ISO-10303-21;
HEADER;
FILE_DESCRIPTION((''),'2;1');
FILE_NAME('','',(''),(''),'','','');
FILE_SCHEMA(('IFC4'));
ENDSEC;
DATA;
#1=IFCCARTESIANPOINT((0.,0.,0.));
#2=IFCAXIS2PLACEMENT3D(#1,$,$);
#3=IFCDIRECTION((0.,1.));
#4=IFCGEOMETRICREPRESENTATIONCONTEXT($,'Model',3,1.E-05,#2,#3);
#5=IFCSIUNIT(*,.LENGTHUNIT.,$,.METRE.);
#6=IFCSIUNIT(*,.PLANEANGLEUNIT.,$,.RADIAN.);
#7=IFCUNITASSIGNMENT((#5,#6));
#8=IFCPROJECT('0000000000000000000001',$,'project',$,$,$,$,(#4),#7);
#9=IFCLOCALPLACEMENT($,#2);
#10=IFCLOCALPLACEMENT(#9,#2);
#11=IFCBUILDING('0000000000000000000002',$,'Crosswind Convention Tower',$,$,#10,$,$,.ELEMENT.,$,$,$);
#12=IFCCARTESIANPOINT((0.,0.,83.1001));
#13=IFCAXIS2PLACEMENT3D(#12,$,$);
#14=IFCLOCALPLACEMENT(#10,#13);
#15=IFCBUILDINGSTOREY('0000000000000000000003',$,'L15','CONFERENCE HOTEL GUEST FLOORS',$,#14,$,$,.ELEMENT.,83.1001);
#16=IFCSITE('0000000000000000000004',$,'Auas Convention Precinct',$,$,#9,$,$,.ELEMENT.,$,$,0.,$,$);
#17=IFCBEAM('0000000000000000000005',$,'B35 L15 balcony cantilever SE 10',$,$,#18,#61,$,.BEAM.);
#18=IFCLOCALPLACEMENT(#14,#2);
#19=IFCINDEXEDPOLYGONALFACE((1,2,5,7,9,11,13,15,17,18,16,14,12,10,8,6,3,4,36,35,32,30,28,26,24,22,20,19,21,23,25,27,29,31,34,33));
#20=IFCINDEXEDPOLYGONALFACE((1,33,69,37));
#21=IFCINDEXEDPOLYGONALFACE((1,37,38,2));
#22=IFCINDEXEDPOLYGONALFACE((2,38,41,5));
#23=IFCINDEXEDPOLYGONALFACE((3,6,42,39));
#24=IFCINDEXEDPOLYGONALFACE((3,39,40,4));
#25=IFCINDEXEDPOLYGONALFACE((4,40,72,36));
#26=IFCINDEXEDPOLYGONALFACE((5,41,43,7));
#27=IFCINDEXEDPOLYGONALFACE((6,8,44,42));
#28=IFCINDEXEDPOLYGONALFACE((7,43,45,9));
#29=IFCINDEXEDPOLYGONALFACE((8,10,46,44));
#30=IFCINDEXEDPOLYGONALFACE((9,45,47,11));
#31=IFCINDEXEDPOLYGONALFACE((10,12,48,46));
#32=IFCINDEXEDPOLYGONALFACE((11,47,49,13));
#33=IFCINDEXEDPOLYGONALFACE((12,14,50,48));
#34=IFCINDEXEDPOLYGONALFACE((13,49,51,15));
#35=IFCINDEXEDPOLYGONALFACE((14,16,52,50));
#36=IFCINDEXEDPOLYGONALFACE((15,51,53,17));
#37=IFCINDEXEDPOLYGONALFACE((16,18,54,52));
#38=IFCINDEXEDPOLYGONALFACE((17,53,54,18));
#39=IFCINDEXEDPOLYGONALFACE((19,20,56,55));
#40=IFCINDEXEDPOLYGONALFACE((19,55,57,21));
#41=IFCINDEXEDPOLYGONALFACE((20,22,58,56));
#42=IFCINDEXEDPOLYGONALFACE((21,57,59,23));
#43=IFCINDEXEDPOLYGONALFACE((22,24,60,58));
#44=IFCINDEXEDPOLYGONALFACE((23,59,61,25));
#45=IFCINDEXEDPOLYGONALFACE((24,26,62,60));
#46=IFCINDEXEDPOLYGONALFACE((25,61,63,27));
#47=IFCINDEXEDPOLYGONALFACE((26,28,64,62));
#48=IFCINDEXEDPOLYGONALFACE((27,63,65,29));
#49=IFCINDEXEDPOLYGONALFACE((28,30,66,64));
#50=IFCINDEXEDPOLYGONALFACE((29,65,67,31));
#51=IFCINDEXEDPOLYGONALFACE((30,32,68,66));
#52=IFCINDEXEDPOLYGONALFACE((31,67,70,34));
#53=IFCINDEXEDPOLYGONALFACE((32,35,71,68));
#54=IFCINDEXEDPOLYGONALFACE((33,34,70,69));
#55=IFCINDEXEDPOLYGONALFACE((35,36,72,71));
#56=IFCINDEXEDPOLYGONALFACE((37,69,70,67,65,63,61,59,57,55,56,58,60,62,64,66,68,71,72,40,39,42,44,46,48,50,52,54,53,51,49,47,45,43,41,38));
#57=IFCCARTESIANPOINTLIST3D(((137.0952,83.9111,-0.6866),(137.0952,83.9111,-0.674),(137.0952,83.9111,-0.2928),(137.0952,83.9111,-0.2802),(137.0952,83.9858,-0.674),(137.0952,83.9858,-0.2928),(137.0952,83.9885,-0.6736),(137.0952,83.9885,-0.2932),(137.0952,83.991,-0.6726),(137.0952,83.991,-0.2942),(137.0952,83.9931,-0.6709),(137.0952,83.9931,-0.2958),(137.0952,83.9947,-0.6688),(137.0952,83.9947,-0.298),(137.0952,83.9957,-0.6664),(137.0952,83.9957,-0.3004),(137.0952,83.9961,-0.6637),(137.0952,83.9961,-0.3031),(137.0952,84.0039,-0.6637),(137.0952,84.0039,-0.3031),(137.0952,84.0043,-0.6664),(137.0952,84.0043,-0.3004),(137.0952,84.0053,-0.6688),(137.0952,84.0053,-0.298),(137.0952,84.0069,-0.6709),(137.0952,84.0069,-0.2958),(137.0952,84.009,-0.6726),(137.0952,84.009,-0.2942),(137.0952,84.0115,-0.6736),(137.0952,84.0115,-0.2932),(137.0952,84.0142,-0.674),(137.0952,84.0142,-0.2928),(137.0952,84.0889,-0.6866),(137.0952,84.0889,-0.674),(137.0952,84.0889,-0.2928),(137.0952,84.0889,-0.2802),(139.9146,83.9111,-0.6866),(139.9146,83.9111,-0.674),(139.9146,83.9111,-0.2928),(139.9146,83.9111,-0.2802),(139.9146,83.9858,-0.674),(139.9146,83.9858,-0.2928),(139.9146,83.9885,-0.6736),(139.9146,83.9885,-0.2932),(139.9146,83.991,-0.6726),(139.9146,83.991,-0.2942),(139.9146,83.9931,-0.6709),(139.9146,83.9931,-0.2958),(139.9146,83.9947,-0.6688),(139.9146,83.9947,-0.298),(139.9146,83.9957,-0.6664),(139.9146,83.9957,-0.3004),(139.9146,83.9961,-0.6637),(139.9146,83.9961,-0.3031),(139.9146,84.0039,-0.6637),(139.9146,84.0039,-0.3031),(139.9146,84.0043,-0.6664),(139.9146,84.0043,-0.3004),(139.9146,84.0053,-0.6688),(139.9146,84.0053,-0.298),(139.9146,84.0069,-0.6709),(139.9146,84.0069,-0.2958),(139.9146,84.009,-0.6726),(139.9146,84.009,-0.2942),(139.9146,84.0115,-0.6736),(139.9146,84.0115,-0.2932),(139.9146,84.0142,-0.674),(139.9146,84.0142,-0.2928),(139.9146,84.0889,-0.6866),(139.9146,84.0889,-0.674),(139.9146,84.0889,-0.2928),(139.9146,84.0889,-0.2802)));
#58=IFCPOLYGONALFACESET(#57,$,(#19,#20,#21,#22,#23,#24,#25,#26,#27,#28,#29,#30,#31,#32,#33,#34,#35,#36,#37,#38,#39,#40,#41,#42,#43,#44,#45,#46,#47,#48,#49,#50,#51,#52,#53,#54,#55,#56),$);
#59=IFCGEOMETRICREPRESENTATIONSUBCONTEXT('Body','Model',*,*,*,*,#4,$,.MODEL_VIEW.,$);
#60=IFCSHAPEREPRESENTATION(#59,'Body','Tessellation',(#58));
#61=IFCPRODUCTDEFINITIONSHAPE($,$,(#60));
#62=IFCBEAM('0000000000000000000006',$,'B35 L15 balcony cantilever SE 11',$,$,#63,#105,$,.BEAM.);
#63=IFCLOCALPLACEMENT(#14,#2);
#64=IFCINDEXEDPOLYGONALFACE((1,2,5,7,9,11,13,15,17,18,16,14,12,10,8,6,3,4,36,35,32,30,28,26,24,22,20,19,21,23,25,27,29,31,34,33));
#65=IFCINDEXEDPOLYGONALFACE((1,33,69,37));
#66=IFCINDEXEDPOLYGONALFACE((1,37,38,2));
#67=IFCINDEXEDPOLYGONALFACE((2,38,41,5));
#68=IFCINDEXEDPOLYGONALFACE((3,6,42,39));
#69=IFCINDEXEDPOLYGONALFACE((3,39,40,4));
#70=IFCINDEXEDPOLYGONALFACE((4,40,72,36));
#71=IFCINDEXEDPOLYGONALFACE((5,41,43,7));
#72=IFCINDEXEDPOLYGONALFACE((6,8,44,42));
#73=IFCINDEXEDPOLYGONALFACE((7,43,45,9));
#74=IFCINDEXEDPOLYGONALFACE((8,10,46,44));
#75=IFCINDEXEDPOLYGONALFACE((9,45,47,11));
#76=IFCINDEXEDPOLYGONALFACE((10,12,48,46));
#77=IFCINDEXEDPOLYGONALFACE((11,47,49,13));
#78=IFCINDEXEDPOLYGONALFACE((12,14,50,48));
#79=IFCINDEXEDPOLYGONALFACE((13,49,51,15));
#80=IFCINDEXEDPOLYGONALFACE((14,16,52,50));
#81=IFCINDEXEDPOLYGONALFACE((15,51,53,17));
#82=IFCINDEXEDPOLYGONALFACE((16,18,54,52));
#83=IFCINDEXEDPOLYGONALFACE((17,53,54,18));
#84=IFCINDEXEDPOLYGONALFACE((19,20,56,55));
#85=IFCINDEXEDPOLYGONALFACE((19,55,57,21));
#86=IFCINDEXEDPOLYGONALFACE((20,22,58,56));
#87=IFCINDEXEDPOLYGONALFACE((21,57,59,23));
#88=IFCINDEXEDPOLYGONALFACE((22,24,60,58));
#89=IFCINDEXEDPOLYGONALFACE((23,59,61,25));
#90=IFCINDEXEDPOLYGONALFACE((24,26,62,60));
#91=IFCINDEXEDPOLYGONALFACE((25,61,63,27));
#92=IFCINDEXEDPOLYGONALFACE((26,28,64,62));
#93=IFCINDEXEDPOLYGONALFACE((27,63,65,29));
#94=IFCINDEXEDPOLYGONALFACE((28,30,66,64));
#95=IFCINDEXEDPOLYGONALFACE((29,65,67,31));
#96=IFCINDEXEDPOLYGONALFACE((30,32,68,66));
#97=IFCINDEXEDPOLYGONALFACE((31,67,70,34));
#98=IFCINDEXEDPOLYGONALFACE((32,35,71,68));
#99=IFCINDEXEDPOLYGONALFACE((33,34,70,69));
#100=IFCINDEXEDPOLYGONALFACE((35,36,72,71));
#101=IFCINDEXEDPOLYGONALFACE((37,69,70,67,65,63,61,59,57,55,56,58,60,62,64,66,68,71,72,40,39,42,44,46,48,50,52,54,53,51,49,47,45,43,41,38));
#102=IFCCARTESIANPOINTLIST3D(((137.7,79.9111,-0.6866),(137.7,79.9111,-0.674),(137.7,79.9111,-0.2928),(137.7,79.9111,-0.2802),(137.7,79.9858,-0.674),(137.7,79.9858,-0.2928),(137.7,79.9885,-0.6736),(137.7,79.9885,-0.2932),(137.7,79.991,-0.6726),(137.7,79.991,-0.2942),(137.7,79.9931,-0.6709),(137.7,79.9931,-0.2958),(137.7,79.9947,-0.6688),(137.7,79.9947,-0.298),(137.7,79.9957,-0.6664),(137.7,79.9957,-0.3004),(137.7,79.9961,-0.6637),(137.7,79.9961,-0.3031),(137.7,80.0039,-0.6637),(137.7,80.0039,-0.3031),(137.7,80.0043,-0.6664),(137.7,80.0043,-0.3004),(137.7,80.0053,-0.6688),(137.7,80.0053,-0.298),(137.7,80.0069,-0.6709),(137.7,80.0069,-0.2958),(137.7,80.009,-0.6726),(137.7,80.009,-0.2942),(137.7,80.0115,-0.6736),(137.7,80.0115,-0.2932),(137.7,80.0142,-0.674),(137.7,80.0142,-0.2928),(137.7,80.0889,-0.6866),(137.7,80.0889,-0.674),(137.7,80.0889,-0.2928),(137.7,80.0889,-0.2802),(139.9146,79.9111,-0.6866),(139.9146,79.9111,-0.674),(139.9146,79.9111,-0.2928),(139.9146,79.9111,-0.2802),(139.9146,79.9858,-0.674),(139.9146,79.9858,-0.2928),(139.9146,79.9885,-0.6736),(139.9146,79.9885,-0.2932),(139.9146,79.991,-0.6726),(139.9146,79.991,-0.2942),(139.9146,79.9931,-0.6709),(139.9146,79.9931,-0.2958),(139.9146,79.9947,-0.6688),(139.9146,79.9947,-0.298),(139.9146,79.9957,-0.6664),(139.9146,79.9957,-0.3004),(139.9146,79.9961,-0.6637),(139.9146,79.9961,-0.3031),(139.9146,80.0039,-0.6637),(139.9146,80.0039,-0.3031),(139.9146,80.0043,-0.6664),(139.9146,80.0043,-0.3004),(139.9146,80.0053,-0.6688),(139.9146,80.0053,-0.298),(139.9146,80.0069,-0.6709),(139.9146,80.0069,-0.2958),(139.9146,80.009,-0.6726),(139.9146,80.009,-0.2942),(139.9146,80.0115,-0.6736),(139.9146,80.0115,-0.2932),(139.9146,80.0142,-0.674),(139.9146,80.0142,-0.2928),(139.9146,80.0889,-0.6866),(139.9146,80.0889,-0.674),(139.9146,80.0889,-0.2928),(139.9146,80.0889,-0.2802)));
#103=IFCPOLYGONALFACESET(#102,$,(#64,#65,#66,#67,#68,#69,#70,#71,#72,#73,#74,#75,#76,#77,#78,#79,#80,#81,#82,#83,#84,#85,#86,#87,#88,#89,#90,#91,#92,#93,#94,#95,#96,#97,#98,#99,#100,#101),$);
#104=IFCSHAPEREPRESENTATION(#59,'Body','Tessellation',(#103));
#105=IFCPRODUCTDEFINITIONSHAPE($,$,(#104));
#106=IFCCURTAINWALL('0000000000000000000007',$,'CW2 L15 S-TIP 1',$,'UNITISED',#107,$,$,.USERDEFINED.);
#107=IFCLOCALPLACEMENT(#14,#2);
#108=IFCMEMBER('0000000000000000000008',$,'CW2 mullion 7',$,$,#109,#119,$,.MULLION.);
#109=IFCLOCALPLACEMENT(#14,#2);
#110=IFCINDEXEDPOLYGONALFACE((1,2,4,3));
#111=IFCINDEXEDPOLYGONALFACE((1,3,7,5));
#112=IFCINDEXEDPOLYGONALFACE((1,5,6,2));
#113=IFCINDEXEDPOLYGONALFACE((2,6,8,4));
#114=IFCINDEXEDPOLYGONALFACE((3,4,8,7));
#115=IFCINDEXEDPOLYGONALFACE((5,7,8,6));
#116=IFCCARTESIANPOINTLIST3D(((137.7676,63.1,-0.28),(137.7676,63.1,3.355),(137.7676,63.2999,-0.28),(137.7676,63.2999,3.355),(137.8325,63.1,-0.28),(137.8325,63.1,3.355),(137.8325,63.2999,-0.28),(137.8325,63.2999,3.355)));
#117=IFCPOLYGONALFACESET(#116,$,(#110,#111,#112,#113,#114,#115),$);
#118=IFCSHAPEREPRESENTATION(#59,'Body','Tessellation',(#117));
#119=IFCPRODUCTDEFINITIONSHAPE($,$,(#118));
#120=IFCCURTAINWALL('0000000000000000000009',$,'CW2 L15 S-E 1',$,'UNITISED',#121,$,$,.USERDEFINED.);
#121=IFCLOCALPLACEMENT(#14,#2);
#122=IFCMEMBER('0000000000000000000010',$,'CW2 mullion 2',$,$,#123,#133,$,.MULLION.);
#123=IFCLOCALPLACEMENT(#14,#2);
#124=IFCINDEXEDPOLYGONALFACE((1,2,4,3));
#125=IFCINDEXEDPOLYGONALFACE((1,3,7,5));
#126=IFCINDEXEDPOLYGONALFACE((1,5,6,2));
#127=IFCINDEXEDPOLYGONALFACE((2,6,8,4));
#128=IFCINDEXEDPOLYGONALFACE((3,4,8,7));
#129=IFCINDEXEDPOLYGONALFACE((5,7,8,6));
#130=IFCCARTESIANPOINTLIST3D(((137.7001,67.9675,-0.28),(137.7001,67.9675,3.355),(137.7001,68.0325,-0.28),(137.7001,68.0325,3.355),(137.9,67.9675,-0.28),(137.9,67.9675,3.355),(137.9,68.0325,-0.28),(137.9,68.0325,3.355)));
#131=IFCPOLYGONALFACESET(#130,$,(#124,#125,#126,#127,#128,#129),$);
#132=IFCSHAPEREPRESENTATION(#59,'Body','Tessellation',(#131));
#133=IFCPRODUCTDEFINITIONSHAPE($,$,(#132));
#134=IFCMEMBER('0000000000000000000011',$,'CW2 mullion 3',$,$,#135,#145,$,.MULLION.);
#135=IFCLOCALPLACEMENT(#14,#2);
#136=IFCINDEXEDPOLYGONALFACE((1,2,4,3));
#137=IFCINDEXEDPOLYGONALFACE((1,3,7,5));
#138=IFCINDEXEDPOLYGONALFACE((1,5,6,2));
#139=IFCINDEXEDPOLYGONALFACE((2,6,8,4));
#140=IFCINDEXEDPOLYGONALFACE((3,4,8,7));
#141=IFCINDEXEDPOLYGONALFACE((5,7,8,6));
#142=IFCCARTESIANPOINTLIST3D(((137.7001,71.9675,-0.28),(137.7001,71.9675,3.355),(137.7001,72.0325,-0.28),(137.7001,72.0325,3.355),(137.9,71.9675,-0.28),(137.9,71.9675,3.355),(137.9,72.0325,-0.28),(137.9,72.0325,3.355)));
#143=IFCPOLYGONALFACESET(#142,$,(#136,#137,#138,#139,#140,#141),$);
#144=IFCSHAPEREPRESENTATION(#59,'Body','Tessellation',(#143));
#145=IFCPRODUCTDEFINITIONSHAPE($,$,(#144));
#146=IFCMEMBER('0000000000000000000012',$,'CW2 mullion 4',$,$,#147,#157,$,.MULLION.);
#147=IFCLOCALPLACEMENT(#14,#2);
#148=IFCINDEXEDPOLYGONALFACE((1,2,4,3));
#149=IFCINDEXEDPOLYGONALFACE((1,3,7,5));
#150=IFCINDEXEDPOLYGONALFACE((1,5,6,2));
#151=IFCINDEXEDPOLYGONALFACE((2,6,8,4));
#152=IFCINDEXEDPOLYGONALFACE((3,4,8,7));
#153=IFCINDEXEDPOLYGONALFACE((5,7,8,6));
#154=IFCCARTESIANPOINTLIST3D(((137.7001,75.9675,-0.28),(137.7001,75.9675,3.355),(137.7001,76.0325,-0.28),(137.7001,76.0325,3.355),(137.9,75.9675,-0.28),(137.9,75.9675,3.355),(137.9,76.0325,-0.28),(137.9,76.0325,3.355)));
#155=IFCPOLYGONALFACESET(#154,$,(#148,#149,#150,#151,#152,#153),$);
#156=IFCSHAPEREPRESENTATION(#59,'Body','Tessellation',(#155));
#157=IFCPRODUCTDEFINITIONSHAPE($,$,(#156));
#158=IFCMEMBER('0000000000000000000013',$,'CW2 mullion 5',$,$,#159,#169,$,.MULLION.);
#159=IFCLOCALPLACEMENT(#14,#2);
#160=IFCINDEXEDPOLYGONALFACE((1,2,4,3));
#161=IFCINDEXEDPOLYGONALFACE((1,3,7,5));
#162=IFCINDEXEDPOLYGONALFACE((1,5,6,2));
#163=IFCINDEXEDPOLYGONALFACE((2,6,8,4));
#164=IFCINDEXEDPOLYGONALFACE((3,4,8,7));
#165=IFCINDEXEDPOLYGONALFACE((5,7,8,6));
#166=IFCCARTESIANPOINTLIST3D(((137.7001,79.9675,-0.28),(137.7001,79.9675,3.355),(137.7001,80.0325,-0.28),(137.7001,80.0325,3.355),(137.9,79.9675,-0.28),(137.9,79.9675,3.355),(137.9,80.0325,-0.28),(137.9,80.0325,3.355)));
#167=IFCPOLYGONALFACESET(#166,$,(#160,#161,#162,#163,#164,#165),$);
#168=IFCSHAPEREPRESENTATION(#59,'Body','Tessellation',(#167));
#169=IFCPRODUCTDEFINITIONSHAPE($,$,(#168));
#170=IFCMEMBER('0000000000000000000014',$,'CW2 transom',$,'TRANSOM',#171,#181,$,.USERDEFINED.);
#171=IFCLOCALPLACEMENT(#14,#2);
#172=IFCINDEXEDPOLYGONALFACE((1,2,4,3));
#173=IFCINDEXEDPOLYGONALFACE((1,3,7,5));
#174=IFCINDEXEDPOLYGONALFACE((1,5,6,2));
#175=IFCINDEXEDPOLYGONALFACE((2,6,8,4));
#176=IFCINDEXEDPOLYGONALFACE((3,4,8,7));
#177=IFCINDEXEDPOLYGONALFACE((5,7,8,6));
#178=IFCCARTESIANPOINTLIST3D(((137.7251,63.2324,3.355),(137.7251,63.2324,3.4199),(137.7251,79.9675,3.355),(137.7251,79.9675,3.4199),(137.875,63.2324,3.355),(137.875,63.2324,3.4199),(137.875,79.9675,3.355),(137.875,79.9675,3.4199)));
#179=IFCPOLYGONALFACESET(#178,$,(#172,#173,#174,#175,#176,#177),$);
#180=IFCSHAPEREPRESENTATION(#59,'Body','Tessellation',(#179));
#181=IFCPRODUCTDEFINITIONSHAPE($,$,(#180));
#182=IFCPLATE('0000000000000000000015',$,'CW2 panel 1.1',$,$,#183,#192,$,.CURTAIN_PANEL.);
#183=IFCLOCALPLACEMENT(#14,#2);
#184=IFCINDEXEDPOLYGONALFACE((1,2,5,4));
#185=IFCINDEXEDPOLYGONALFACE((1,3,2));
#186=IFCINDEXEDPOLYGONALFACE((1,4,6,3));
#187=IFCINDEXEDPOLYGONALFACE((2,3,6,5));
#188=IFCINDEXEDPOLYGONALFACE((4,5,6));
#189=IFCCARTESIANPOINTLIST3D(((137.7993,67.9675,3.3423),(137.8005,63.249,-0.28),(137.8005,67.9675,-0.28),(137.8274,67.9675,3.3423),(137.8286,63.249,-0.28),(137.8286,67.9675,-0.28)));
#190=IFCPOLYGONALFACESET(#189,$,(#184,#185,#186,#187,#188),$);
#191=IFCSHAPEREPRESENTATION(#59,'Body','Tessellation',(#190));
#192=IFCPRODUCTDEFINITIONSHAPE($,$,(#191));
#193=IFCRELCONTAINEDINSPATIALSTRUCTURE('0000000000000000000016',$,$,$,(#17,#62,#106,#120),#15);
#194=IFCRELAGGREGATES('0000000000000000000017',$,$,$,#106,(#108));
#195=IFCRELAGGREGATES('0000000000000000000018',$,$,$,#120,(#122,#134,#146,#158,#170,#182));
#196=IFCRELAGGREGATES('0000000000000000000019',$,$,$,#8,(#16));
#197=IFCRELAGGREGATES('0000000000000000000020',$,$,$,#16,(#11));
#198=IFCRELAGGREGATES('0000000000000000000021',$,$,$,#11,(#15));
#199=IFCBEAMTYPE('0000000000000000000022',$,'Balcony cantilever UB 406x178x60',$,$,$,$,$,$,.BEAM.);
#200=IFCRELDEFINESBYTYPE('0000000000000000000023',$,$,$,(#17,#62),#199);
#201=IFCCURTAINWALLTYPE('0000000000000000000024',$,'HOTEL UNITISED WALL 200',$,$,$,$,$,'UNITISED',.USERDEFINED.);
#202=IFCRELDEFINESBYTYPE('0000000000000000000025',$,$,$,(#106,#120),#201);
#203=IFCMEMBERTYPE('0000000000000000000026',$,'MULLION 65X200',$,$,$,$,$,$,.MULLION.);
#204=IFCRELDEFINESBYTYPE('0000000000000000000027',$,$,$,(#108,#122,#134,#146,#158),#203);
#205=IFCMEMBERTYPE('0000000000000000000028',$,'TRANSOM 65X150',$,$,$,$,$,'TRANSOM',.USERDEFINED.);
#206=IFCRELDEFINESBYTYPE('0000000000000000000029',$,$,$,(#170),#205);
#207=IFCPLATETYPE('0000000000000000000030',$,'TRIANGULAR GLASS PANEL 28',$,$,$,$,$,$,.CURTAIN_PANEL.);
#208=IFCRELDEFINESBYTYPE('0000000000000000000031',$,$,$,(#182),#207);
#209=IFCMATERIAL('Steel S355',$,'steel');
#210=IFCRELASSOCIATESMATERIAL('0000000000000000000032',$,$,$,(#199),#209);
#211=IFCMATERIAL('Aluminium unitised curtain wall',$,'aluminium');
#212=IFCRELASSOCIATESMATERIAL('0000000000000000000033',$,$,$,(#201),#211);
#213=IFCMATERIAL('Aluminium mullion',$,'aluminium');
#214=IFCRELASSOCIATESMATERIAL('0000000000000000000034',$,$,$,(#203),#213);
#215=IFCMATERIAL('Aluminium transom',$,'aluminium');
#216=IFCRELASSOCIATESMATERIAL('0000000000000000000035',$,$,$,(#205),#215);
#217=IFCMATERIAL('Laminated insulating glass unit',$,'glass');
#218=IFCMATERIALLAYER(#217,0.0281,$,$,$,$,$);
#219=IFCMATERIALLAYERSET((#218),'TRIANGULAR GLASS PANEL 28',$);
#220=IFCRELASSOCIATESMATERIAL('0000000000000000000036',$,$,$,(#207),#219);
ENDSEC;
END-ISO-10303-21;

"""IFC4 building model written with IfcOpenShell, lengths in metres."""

from ifc_helpers import new_model, si_unit, direction, frame, origin, origin_2d, place, context, subcontext, project, spatial, polyline, rectangle, i_section, outline, extrude, material, layer, layer_set, material_profile, profile_set, type_object, element, aggregate, save


model = new_model("IFC4")

# Units and contexts
model_context = context("Model", 3, precision=1e-05, world=origin(), true_north=direction((0.0, 1.0)))
body_context = subcontext(model_context, "Body", "Model", "MODEL_VIEW")
ifc_project = project(units=[si_unit("LENGTHUNIT", "METRE"), si_unit("PLANEANGLEUNIT", "RADIAN")], contexts=[model_context])

# Site, building, storey
site_placement = place(None, origin())
site = spatial("IfcSite", under=ifc_project, at=site_placement, Name="Auas Convention Precinct", CompositionType="ELEMENT", RefElevation=0.0)
building_placement = place(site_placement, origin())
building = spatial("IfcBuilding", under=site, at=building_placement, Name="Crosswind Convention Tower", CompositionType="ELEMENT")
storey_placement = place(building_placement, frame((0.0, 0.0, 83.1001)))
storey = spatial("IfcBuildingStorey", under=building, at=storey_placement, Name="L15", Description="CONFERENCE HOTEL GUEST FLOORS", CompositionType="ELEMENT", Elevation=83.1001)

# Beams
ifc_material_1 = material(Name="Steel S355", Category="steel")
ifc_material_profile_1 = material_profile(ifc_material_1, i_section(OverallWidth=0.1777, OverallDepth=0.4065, WebThickness=0.0078, FlangeThickness=0.0127, FilletRadius=0.0103, at=origin_2d()), Name="UB 406x178x60")
ifc_profile_set_1 = profile_set([ifc_material_profile_1], Name="Steel S355")
beam_type = type_object("IfcBeamType", Name="Balcony cantilever UB 406x178x60", PredefinedType="BEAM", material=ifc_profile_set_1)
beam_1_placement = place(storey_placement, frame((137.0952, 84.0, -0.4834), z_axis=(1.0, 0.0, 0.0), x_axis=(0.0, 1.0, 0.0)))
element("IfcBeam", 1, at=beam_1_placement, inside=storey, type_object=beam_type, Name="B35 L15 balcony cantilever SE 10", PredefinedType="BEAM", context=body_context, shape_type="SweptSolid", body=[
    extrude(i_section(OverallWidth=0.1777, OverallDepth=0.4065, WebThickness=0.0078, FlangeThickness=0.0127, FilletRadius=0.0103, at=origin_2d()), origin(), (0.0, 0.0, 1.0), 2.8193),
])
beam_2_placement = place(storey_placement, frame((137.7, 80.0, -0.4834), z_axis=(1.0, 0.0, 0.0), x_axis=(0.0, 1.0, 0.0)))
element("IfcBeam", 2, at=beam_2_placement, inside=storey, type_object=beam_type, Name="B35 L15 balcony cantilever SE 11", PredefinedType="BEAM", context=body_context, shape_type="SweptSolid", body=[
    extrude(i_section(OverallWidth=0.1777, OverallDepth=0.4065, WebThickness=0.0078, FlangeThickness=0.0127, FilletRadius=0.0103, at=origin_2d()), origin(), (0.0, 0.0, 1.0), 2.2146),
])

# Curtain wall, member
ifc_material_2 = material(Name="Aluminium unitised curtain wall", Category="aluminium")
curtain_wall_type = type_object("IfcCurtainWallType", Name="HOTEL UNITISED WALL 200", ElementType="UNITISED", PredefinedType="USERDEFINED", material=ifc_material_2)
curtain_wall_1_placement = place(storey_placement, origin())
curtain_wall_1 = element("IfcCurtainWall", 3, at=curtain_wall_1_placement, inside=storey, type_object=curtain_wall_type, Name="CW2 L15 S-TIP 1", ObjectType="UNITISED", PredefinedType="USERDEFINED")
ifc_material_3 = material(Name="Aluminium mullion", Category="aluminium")
ifc_material_profile_2 = material_profile(ifc_material_3, rectangle(XDim=0.2, YDim=0.0649, at=origin_2d()), Name="AL 200X65")
ifc_profile_set_2 = profile_set([ifc_material_profile_2], Name="Aluminium mullion")
member_type_1 = type_object("IfcMemberType", Name="MULLION 65X200", PredefinedType="MULLION", material=ifc_profile_set_2)
member_1_placement = place(storey_placement, frame((137.8, 63.2, -0.28), z_axis=(0.0, 0.0, 1.0), x_axis=(0.0, -1.0, 0.0)))
member_1 = element("IfcMember", 4, at=member_1_placement, type_object=member_type_1, Name="CW2 mullion 7", PredefinedType="MULLION", context=body_context, shape_type="SweptSolid", body=[
    extrude(rectangle(XDim=0.2, YDim=0.0649, at=origin_2d()), origin(), (0.0, 0.0, 1.0), 3.635),
])
aggregate(curtain_wall_1, [member_1])

# Curtain wall, members, plate
curtain_wall_2_placement = place(storey_placement, origin())
curtain_wall_2 = element("IfcCurtainWall", 5, at=curtain_wall_2_placement, inside=storey, type_object=curtain_wall_type, Name="CW2 L15 S-E 1", ObjectType="UNITISED", PredefinedType="USERDEFINED")
member_2_placement = place(storey_placement, frame((137.8, 68.0, -0.28), z_axis=(0.0, 0.0, 1.0), x_axis=(1.0, 0.0, 0.0)))
member_2 = element("IfcMember", 6, at=member_2_placement, type_object=member_type_1, Name="CW2 mullion 2", PredefinedType="MULLION", context=body_context, shape_type="SweptSolid", body=[
    extrude(rectangle(XDim=0.2, YDim=0.0649, at=origin_2d()), origin(), (0.0, 0.0, 1.0), 3.635),
])
member_3_placement = place(storey_placement, frame((137.8, 72.0, -0.28), z_axis=(0.0, 0.0, 1.0), x_axis=(1.0, 0.0, 0.0)))
member_3 = element("IfcMember", 7, at=member_3_placement, type_object=member_type_1, Name="CW2 mullion 3", PredefinedType="MULLION", context=body_context, shape_type="SweptSolid", body=[
    extrude(rectangle(XDim=0.2, YDim=0.0649, at=origin_2d()), origin(), (0.0, 0.0, 1.0), 3.635),
])
member_4_placement = place(storey_placement, frame((137.8, 76.0, -0.28), z_axis=(0.0, 0.0, 1.0), x_axis=(1.0, 0.0, 0.0)))
member_4 = element("IfcMember", 8, at=member_4_placement, type_object=member_type_1, Name="CW2 mullion 4", PredefinedType="MULLION", context=body_context, shape_type="SweptSolid", body=[
    extrude(rectangle(XDim=0.2, YDim=0.0649, at=origin_2d()), origin(), (0.0, 0.0, 1.0), 3.635),
])
member_5_placement = place(storey_placement, frame((137.8, 80.0, -0.28), z_axis=(0.0, 0.0, 1.0), x_axis=(1.0, 0.0, 0.0)))
member_5 = element("IfcMember", 9, at=member_5_placement, type_object=member_type_1, Name="CW2 mullion 5", PredefinedType="MULLION", context=body_context, shape_type="SweptSolid", body=[
    extrude(rectangle(XDim=0.2, YDim=0.0649, at=origin_2d()), origin(), (0.0, 0.0, 1.0), 3.635),
])
ifc_material_4 = material(Name="Aluminium transom", Category="aluminium")
ifc_material_profile_3 = material_profile(ifc_material_4, rectangle(XDim=0.1499, YDim=0.0649, at=origin_2d()), Name="AL 150X65")
ifc_profile_set_3 = profile_set([ifc_material_profile_3], Name="Aluminium transom")
member_type_2 = type_object("IfcMemberType", Name="TRANSOM 65X150", ElementType="TRANSOM", PredefinedType="USERDEFINED", material=ifc_profile_set_3)
member_6_placement = place(storey_placement, frame((137.8, 63.2324, 3.3875), z_axis=(0.0, 1.0, 0.0), x_axis=(-1.0, 0.0, 0.0)))
member_6 = element("IfcMember", 10, at=member_6_placement, type_object=member_type_2, Name="CW2 transom", ObjectType="TRANSOM", PredefinedType="USERDEFINED", context=body_context, shape_type="SweptSolid", body=[
    extrude(rectangle(XDim=0.1499, YDim=0.0649, at=origin_2d()), origin(), (0.0, 0.0, 1.0), 16.7351),
])
ifc_material_5 = material(Name="Laminated insulating glass unit", Category="glass")
ifc_layer_1 = layer(ifc_material_5, 0.0281)
ifc_layer_set_1 = layer_set([ifc_layer_1], Name="TRIANGULAR GLASS PANEL 28")
plate_type = type_object("IfcPlateType", Name="TRIANGULAR GLASS PANEL 28", PredefinedType="CURTAIN_PANEL", material=ifc_layer_set_1)
plate_1_placement = place(storey_placement, frame((137.8286, 67.9675, -0.28), z_axis=(1.0, 0.0, 0.000337), x_axis=(-0.000337, 0.0, 1.0)))
plate_1 = element("IfcPlate", 11, at=plate_1_placement, type_object=plate_type, Name="CW2 panel 1.1", PredefinedType="CURTAIN_PANEL", context=body_context, shape_type="SweptSolid", body=[
    extrude(outline(polyline([(0.0, 0.0), (3.6223, 0.0), (0.0, 4.7185), (0.0, 0.0)])), origin(), (0.0, 0.0, -1.0), 0.0281),
])
aggregate(curtain_wall_2, [member_2, member_3, member_4, member_5, member_6, plate_1])

save(model, "model.ifc")
